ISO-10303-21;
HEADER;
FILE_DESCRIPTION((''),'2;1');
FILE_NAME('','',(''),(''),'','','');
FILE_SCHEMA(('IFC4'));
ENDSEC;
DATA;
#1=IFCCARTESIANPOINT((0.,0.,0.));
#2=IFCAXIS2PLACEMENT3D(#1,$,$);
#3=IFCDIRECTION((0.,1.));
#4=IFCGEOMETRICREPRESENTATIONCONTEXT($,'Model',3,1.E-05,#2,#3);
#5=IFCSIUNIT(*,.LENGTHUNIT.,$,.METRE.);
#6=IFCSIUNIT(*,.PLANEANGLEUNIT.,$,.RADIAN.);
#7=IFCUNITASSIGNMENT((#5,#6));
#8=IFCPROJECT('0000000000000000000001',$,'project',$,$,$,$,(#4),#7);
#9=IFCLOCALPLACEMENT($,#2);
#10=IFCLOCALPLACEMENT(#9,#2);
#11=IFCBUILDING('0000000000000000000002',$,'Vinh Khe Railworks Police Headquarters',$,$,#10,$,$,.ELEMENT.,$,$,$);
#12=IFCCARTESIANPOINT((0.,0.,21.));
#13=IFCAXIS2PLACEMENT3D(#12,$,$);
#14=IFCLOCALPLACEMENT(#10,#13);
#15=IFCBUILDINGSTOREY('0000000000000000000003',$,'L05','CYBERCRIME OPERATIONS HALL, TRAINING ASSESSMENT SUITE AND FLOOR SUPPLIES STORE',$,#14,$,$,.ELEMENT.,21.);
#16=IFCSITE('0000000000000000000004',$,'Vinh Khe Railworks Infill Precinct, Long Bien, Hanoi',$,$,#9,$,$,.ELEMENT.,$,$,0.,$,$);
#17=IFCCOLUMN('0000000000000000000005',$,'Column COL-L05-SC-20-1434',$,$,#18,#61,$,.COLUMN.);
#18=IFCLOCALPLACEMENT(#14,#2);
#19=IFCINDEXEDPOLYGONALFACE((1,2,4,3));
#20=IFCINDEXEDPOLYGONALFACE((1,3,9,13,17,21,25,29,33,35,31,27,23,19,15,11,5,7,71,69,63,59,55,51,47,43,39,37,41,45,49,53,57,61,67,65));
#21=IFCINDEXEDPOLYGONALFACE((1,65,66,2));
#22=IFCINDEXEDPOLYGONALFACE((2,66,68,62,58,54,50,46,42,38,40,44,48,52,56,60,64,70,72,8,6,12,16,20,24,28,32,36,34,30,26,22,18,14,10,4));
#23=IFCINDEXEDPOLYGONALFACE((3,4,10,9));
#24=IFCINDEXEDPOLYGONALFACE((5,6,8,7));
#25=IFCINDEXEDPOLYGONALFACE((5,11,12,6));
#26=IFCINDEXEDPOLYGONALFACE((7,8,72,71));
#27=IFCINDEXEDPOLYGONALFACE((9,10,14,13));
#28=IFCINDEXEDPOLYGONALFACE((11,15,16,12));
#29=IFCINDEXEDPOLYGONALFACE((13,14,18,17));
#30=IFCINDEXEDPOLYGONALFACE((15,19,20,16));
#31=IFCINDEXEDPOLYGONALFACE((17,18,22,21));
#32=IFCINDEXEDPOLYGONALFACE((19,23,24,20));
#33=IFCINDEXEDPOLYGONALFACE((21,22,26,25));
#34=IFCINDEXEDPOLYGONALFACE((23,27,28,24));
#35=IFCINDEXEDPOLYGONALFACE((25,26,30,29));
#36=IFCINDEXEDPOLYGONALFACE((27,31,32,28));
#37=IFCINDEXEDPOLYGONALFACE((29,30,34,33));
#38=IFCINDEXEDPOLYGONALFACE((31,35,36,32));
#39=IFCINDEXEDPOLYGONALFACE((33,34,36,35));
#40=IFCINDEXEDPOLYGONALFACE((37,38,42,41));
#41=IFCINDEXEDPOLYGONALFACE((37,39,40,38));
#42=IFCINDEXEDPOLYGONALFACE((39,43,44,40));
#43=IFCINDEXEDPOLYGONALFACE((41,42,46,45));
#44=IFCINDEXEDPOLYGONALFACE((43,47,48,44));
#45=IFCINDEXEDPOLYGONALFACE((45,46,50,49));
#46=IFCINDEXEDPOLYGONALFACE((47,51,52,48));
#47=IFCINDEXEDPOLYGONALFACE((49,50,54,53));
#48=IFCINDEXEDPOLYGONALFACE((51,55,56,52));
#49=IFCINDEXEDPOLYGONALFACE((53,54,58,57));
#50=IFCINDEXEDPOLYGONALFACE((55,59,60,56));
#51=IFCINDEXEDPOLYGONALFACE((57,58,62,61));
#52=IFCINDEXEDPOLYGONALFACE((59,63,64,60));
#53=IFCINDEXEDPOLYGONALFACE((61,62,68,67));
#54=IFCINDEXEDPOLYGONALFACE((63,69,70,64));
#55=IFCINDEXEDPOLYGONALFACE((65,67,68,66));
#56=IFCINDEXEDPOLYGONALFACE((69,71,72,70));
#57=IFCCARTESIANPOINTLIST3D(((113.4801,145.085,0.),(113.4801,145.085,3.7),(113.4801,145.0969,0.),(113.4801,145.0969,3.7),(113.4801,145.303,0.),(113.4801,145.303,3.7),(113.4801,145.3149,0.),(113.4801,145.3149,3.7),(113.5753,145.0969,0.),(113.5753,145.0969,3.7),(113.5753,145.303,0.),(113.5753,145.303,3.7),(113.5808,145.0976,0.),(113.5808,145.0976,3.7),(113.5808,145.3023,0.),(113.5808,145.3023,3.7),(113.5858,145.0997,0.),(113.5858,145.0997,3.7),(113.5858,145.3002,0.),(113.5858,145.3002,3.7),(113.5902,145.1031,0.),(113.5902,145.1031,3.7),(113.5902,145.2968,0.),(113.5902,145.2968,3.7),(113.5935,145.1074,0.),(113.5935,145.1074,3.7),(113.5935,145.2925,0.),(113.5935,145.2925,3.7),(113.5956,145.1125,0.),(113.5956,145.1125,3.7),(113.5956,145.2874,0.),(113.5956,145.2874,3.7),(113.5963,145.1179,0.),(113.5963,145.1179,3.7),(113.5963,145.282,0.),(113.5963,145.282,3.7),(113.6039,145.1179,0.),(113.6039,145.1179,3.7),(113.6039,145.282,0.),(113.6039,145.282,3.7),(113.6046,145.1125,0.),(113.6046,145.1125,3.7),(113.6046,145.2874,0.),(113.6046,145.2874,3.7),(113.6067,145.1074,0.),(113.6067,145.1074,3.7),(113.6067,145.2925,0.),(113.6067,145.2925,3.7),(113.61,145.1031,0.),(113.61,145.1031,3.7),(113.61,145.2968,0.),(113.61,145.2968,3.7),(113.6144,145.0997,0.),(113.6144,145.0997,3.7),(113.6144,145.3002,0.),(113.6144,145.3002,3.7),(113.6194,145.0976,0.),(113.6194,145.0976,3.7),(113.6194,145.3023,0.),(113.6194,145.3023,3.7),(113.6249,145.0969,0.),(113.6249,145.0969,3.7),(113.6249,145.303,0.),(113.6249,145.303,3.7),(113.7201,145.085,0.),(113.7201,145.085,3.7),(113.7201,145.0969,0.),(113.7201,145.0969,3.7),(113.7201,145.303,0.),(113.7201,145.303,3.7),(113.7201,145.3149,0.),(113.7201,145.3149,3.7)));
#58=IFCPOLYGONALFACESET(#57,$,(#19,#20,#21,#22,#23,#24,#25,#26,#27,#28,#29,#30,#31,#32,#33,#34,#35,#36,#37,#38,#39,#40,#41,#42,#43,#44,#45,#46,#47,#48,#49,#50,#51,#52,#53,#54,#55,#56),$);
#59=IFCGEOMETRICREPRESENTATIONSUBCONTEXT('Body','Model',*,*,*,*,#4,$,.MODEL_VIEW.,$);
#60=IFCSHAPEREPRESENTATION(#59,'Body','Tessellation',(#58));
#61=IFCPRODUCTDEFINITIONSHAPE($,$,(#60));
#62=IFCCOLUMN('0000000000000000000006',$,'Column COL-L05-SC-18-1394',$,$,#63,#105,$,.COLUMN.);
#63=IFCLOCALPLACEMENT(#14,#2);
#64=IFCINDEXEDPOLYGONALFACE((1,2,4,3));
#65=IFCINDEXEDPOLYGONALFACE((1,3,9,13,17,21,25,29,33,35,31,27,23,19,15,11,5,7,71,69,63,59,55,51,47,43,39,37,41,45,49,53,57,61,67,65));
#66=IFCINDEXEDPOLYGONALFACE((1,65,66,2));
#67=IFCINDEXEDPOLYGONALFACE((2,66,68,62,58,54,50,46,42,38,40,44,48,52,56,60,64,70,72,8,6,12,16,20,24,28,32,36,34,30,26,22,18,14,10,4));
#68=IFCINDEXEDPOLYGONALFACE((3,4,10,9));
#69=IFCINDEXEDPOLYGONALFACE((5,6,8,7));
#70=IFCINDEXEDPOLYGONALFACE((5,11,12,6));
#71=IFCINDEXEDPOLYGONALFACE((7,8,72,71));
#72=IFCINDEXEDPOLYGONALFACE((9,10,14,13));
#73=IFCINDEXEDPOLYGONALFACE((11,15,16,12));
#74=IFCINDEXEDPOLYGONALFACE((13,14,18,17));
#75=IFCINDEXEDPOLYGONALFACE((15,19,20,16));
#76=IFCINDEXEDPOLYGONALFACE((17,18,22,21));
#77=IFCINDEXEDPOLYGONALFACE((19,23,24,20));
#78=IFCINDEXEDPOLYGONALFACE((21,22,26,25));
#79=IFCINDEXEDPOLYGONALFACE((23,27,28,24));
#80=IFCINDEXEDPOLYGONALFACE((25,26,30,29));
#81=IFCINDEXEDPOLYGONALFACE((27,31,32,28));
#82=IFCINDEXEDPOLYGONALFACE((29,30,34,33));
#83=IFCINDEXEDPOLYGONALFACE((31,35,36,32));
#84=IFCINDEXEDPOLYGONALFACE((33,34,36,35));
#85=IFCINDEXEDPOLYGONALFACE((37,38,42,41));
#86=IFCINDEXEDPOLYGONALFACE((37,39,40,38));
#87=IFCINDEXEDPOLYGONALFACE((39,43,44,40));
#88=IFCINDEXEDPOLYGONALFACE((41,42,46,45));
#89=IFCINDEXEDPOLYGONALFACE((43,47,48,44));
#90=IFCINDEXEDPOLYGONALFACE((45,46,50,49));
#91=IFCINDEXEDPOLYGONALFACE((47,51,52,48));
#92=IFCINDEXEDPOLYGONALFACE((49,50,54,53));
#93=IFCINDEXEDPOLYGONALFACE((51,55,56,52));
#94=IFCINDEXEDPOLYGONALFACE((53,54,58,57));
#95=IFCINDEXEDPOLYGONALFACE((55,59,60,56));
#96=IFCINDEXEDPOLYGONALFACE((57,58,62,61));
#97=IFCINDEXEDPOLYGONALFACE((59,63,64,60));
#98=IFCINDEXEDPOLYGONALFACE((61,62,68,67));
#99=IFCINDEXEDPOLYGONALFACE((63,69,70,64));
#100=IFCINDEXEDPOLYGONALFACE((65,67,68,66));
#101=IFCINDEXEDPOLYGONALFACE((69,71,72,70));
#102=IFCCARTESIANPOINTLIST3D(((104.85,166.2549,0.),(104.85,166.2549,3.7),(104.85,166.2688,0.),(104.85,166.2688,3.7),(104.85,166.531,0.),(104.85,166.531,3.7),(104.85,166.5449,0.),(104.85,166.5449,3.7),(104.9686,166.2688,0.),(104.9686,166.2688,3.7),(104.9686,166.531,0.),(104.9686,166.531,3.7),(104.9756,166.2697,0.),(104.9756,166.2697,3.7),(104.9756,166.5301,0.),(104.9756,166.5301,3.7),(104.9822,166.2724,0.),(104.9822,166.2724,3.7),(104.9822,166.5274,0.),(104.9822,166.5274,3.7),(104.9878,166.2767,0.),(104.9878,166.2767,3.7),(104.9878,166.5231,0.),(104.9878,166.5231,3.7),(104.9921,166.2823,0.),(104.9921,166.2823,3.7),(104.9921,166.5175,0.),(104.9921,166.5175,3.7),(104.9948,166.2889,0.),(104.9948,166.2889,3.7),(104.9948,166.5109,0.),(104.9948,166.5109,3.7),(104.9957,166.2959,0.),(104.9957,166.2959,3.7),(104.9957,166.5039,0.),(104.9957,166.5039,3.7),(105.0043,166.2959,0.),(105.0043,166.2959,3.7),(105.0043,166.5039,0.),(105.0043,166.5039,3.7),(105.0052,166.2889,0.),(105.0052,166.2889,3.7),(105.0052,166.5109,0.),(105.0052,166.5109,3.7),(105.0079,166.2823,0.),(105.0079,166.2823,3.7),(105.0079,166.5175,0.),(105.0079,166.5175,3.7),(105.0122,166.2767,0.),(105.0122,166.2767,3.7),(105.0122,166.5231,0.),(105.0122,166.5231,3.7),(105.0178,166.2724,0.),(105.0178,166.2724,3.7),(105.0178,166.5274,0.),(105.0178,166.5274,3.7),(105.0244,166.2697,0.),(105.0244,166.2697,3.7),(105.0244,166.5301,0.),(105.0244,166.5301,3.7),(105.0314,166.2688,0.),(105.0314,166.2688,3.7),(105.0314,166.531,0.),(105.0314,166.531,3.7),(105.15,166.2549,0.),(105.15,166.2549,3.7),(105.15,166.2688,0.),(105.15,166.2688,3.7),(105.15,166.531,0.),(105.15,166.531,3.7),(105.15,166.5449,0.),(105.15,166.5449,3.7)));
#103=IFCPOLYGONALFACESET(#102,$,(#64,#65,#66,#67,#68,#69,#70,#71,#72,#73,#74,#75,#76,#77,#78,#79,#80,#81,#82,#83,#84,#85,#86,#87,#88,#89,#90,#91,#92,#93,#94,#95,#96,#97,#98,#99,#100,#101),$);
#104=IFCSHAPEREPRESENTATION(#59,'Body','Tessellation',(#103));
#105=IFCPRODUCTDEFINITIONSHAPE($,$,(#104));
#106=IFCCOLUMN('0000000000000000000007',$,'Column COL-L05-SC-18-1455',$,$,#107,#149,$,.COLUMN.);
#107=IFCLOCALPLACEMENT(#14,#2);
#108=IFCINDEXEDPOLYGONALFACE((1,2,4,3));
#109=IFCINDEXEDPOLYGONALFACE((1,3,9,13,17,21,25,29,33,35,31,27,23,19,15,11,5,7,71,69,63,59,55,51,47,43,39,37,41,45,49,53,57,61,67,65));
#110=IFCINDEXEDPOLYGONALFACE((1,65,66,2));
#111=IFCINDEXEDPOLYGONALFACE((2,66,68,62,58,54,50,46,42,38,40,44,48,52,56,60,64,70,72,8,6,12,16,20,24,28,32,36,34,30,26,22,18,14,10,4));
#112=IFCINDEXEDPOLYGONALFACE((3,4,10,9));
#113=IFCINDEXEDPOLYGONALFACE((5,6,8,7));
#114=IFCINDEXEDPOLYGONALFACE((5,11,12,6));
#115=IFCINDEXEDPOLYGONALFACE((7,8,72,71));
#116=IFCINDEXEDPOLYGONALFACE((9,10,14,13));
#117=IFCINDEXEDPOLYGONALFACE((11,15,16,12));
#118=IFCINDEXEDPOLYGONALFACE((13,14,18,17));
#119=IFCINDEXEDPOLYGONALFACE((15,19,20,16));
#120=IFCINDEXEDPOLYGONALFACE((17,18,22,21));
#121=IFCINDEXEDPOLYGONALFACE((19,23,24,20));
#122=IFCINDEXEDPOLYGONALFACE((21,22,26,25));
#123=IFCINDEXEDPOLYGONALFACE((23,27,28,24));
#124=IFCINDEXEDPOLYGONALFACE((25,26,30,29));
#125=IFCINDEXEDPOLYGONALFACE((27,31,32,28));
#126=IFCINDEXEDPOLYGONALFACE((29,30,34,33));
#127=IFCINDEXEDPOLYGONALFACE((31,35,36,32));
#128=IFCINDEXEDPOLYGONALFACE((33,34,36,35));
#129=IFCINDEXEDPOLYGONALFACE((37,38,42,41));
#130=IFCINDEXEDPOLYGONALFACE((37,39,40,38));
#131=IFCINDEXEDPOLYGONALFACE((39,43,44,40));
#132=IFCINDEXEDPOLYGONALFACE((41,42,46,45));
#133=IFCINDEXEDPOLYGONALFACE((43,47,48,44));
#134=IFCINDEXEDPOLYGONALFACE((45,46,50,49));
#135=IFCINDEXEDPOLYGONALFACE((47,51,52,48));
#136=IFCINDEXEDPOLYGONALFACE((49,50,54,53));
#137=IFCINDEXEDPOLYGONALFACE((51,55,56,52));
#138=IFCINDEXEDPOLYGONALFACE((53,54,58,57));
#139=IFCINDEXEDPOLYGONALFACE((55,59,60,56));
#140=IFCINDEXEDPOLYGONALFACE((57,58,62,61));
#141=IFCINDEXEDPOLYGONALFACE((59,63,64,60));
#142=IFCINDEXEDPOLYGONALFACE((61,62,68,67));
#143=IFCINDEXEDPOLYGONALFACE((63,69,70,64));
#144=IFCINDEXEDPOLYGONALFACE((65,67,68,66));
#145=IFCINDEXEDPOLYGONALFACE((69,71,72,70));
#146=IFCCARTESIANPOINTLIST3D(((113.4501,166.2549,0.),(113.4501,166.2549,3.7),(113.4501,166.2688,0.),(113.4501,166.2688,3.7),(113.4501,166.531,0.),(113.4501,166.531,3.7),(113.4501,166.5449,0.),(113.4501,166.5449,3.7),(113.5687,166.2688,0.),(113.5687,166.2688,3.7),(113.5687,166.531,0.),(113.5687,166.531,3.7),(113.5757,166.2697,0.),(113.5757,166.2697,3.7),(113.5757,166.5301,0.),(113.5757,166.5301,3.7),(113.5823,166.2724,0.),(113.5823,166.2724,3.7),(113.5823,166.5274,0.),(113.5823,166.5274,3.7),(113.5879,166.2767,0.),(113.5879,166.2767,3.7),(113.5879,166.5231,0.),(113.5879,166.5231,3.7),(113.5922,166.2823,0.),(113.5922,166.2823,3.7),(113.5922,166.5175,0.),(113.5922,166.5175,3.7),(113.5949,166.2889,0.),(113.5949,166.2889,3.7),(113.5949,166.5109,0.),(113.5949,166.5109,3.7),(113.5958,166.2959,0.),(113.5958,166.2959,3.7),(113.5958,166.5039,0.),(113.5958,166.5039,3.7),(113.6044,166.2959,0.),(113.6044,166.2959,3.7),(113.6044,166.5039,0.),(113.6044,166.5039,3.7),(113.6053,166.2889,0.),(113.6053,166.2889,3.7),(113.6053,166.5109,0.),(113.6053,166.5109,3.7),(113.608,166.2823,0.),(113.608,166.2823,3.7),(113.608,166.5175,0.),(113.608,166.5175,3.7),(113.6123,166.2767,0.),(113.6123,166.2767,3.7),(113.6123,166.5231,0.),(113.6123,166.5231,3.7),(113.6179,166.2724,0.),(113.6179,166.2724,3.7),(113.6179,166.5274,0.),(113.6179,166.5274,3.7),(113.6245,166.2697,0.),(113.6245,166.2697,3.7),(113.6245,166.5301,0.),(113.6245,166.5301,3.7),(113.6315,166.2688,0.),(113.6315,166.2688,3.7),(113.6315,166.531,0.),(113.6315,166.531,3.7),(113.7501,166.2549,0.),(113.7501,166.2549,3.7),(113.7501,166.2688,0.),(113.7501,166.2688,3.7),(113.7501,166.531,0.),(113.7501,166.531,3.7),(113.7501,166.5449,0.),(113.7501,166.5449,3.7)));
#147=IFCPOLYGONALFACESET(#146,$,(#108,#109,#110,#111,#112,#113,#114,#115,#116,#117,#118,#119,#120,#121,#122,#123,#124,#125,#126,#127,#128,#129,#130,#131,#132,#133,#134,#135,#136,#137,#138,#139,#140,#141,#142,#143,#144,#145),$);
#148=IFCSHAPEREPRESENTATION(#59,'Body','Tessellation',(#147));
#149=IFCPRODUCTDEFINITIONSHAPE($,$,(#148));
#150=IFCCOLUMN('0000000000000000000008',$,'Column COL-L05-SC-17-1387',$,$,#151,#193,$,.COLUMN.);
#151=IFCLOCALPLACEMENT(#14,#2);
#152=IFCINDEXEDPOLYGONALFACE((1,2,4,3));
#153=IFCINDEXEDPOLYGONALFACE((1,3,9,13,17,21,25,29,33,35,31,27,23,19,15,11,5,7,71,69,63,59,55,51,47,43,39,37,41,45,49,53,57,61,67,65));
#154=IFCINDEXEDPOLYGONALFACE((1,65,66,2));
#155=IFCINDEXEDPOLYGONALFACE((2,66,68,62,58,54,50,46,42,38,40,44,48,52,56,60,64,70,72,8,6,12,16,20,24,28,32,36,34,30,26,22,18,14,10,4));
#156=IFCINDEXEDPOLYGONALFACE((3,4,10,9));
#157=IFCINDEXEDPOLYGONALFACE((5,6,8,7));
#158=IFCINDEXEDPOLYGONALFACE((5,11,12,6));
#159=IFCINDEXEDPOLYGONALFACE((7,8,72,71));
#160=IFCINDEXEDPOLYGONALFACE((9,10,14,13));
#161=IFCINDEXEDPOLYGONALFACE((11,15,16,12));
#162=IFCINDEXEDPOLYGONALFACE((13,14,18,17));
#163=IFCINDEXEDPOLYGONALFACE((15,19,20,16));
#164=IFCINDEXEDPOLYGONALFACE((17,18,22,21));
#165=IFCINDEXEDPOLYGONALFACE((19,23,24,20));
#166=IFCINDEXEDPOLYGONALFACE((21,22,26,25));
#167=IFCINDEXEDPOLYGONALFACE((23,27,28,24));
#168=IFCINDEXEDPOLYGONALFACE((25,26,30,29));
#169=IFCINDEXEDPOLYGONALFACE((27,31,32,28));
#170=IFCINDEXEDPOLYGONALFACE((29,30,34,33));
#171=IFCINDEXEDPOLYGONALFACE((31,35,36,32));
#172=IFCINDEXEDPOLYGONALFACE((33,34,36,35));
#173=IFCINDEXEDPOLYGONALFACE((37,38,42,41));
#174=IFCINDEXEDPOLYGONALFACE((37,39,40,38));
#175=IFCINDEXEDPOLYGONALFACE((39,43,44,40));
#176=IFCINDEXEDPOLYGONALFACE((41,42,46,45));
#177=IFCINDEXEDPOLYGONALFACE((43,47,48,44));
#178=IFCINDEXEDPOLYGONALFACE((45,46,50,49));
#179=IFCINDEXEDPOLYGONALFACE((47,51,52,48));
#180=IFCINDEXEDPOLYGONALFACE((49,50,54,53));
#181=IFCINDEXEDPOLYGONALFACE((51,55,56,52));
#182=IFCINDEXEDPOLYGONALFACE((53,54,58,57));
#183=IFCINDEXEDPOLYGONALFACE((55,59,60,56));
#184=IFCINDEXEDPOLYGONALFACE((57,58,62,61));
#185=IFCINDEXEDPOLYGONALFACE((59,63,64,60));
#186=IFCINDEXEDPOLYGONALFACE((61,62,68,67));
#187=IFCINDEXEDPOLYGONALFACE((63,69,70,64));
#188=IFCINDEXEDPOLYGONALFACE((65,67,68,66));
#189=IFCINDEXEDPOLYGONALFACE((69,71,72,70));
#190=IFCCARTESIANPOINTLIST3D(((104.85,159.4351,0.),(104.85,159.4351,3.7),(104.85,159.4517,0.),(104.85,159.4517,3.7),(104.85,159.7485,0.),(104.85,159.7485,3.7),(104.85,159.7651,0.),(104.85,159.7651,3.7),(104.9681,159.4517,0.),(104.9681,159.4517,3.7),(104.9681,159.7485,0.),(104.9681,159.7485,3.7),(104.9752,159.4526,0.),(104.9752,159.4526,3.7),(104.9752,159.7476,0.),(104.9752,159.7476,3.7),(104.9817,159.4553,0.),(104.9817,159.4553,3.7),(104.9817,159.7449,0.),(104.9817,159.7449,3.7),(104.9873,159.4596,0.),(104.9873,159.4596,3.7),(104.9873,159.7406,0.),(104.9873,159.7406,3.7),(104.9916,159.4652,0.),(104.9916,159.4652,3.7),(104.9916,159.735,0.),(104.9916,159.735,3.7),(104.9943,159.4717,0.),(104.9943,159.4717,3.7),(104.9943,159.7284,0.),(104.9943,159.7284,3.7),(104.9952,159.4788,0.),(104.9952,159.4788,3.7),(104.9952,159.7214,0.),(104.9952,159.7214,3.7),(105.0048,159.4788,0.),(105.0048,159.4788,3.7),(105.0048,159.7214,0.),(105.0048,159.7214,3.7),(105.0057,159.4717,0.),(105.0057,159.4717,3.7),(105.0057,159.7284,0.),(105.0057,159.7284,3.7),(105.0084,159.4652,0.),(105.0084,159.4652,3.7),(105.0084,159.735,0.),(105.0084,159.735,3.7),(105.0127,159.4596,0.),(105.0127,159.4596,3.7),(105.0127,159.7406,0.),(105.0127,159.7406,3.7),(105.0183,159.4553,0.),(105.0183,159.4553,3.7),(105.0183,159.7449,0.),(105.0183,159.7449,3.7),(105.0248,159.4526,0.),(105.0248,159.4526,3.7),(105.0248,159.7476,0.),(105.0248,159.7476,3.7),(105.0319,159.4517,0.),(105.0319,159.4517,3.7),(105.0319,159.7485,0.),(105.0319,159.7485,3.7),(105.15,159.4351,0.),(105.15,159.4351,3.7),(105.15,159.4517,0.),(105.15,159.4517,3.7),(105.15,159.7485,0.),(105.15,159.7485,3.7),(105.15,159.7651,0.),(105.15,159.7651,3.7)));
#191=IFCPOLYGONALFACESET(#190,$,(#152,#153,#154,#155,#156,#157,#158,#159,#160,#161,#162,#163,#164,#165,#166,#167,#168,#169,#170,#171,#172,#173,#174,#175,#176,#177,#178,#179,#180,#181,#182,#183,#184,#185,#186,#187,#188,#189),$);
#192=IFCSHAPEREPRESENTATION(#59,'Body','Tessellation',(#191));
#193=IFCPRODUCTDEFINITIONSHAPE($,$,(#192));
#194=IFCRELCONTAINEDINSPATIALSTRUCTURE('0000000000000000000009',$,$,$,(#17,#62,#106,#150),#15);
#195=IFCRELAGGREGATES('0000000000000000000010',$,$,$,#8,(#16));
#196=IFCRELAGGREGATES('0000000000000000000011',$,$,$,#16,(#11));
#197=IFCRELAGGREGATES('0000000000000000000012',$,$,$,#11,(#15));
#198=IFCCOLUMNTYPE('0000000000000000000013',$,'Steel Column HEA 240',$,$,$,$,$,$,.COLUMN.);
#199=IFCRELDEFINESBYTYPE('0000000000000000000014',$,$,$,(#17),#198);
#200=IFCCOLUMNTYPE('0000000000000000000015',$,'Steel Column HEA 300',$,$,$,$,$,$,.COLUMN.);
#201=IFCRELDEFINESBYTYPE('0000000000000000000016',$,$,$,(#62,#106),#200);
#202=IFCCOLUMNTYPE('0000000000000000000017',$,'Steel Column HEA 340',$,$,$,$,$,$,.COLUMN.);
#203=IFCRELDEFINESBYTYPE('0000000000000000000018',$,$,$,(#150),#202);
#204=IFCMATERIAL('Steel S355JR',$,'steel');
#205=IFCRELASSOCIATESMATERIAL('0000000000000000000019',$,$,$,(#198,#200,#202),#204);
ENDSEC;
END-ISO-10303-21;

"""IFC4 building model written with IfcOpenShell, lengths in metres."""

from ifc_helpers import new_model, si_unit, direction, frame, origin, origin_2d, place, context, subcontext, project, spatial, i_section, extrude, material, material_profile, profile_set, type_object, element, save


model = new_model("IFC4")

# Units and contexts
model_context = context("Model", 3, precision=1e-05, world=origin(), true_north=direction((0.0, 1.0)))
body_context = subcontext(model_context, "Body", "Model", "MODEL_VIEW")
ifc_project = project(units=[si_unit("LENGTHUNIT", "METRE"), si_unit("PLANEANGLEUNIT", "RADIAN")], contexts=[model_context])

# Site, building, storey
site_placement = place(None, origin())
site = spatial("IfcSite", under=ifc_project, at=site_placement, Name="Vinh Khe Railworks Infill Precinct, Long Bien, Hanoi", CompositionType="ELEMENT", RefElevation=0.0)
building_placement = place(site_placement, origin())
building = spatial("IfcBuilding", under=site, at=building_placement, Name="Vinh Khe Railworks Police Headquarters", CompositionType="ELEMENT")
storey_placement = place(building_placement, frame((0.0, 0.0, 21.0)))
storey = spatial("IfcBuildingStorey", under=building, at=storey_placement, Name="L05", Description="CYBERCRIME OPERATIONS HALL, TRAINING ASSESSMENT SUITE AND FLOOR SUPPLIES STORE", CompositionType="ELEMENT", Elevation=21.0)

# Columns
ifc_material_1 = material(Name="Steel S355JR", Category="steel")
ifc_material_profile_1 = material_profile(ifc_material_1, i_section(OverallWidth=0.24, OverallDepth=0.23, WebThickness=0.0076, FlangeThickness=0.012, FilletRadius=0.021, at=origin_2d()), Name="HEA 240")
ifc_profile_set_1 = profile_set([ifc_material_profile_1], Name="Steel S355JR")
column_type_1 = type_object("IfcColumnType", Name="Steel Column HEA 240", PredefinedType="COLUMN", material=ifc_profile_set_1)
column_placement = place(storey_placement, frame((113.6001, 145.2, 0.0), z_axis=(0.0, 0.0, 1.0), x_axis=(1.0, 0.0, 0.0)))
element("IfcColumn", 1, at=column_placement, inside=storey, type_object=column_type_1, Name="Column COL-L05-SC-20-1434", PredefinedType="COLUMN", context=body_context, shape_type="SweptSolid", body=[
    extrude(i_section(OverallWidth=0.24, OverallDepth=0.23, WebThickness=0.0076, FlangeThickness=0.012, FilletRadius=0.021, at=origin_2d()), origin(), (0.0, 0.0, 1.0), 3.7),
])
ifc_material_profile_2 = material_profile(ifc_material_1, i_section(OverallWidth=0.3, OverallDepth=0.29, WebThickness=0.0085, FlangeThickness=0.0139, FilletRadius=0.0271, at=origin_2d()), Name="HEA 300")
ifc_profile_set_2 = profile_set([ifc_material_profile_2], Name="Steel S355JR")
column_type_2 = type_object("IfcColumnType", Name="Steel Column HEA 300", PredefinedType="COLUMN", material=ifc_profile_set_2)
for number, where, z_axis, x_axis, name in (
    (2, (105.0, 166.3999, 0.0), (0.0, 0.0, 1.0), (1.0, 0.0, 0.0), "Column COL-L05-SC-18-1394"),
    (3, (113.6001, 166.3999, 0.0), (0.0, 0.0, 1.0), (1.0, 0.0, 0.0), "Column COL-L05-SC-18-1455"),
):
    element("IfcColumn", number, at=place(storey_placement, frame(where, z_axis=z_axis, x_axis=x_axis)), inside=storey, type_object=column_type_2, Name=name, PredefinedType="COLUMN", context=body_context, shape_type="SweptSolid", body=[
        extrude(i_section(OverallWidth=0.3, OverallDepth=0.29, WebThickness=0.0085, FlangeThickness=0.0139, FilletRadius=0.0271, at=origin_2d()), origin(), (0.0, 0.0, 1.0), 3.7),
    ])
ifc_material_profile_3 = material_profile(ifc_material_1, i_section(OverallWidth=0.3, OverallDepth=0.3301, WebThickness=0.0095, FlangeThickness=0.0166, FilletRadius=0.0271, at=origin_2d()), Name="HEA 340")
ifc_profile_set_3 = profile_set([ifc_material_profile_3], Name="Steel S355JR")
column_type_3 = type_object("IfcColumnType", Name="Steel Column HEA 340", PredefinedType="COLUMN", material=ifc_profile_set_3)
for number, where, z_axis, x_axis, name in (
    (4, (105.0, 159.6001, 0.0), (0.0, 0.0, 1.0), (1.0, 0.0, 0.0), "Column COL-L05-SC-17-1387"),
):
    element("IfcColumn", number, at=place(storey_placement, frame(where, z_axis=z_axis, x_axis=x_axis)), inside=storey, type_object=column_type_3, Name=name, PredefinedType="COLUMN", context=body_context, shape_type="SweptSolid", body=[
        extrude(i_section(OverallWidth=0.3, OverallDepth=0.3301, WebThickness=0.0095, FlangeThickness=0.0166, FilletRadius=0.0271, at=origin_2d()), origin(), (0.0, 0.0, 1.0), 3.7),
    ])

save(model, "model.ifc")
